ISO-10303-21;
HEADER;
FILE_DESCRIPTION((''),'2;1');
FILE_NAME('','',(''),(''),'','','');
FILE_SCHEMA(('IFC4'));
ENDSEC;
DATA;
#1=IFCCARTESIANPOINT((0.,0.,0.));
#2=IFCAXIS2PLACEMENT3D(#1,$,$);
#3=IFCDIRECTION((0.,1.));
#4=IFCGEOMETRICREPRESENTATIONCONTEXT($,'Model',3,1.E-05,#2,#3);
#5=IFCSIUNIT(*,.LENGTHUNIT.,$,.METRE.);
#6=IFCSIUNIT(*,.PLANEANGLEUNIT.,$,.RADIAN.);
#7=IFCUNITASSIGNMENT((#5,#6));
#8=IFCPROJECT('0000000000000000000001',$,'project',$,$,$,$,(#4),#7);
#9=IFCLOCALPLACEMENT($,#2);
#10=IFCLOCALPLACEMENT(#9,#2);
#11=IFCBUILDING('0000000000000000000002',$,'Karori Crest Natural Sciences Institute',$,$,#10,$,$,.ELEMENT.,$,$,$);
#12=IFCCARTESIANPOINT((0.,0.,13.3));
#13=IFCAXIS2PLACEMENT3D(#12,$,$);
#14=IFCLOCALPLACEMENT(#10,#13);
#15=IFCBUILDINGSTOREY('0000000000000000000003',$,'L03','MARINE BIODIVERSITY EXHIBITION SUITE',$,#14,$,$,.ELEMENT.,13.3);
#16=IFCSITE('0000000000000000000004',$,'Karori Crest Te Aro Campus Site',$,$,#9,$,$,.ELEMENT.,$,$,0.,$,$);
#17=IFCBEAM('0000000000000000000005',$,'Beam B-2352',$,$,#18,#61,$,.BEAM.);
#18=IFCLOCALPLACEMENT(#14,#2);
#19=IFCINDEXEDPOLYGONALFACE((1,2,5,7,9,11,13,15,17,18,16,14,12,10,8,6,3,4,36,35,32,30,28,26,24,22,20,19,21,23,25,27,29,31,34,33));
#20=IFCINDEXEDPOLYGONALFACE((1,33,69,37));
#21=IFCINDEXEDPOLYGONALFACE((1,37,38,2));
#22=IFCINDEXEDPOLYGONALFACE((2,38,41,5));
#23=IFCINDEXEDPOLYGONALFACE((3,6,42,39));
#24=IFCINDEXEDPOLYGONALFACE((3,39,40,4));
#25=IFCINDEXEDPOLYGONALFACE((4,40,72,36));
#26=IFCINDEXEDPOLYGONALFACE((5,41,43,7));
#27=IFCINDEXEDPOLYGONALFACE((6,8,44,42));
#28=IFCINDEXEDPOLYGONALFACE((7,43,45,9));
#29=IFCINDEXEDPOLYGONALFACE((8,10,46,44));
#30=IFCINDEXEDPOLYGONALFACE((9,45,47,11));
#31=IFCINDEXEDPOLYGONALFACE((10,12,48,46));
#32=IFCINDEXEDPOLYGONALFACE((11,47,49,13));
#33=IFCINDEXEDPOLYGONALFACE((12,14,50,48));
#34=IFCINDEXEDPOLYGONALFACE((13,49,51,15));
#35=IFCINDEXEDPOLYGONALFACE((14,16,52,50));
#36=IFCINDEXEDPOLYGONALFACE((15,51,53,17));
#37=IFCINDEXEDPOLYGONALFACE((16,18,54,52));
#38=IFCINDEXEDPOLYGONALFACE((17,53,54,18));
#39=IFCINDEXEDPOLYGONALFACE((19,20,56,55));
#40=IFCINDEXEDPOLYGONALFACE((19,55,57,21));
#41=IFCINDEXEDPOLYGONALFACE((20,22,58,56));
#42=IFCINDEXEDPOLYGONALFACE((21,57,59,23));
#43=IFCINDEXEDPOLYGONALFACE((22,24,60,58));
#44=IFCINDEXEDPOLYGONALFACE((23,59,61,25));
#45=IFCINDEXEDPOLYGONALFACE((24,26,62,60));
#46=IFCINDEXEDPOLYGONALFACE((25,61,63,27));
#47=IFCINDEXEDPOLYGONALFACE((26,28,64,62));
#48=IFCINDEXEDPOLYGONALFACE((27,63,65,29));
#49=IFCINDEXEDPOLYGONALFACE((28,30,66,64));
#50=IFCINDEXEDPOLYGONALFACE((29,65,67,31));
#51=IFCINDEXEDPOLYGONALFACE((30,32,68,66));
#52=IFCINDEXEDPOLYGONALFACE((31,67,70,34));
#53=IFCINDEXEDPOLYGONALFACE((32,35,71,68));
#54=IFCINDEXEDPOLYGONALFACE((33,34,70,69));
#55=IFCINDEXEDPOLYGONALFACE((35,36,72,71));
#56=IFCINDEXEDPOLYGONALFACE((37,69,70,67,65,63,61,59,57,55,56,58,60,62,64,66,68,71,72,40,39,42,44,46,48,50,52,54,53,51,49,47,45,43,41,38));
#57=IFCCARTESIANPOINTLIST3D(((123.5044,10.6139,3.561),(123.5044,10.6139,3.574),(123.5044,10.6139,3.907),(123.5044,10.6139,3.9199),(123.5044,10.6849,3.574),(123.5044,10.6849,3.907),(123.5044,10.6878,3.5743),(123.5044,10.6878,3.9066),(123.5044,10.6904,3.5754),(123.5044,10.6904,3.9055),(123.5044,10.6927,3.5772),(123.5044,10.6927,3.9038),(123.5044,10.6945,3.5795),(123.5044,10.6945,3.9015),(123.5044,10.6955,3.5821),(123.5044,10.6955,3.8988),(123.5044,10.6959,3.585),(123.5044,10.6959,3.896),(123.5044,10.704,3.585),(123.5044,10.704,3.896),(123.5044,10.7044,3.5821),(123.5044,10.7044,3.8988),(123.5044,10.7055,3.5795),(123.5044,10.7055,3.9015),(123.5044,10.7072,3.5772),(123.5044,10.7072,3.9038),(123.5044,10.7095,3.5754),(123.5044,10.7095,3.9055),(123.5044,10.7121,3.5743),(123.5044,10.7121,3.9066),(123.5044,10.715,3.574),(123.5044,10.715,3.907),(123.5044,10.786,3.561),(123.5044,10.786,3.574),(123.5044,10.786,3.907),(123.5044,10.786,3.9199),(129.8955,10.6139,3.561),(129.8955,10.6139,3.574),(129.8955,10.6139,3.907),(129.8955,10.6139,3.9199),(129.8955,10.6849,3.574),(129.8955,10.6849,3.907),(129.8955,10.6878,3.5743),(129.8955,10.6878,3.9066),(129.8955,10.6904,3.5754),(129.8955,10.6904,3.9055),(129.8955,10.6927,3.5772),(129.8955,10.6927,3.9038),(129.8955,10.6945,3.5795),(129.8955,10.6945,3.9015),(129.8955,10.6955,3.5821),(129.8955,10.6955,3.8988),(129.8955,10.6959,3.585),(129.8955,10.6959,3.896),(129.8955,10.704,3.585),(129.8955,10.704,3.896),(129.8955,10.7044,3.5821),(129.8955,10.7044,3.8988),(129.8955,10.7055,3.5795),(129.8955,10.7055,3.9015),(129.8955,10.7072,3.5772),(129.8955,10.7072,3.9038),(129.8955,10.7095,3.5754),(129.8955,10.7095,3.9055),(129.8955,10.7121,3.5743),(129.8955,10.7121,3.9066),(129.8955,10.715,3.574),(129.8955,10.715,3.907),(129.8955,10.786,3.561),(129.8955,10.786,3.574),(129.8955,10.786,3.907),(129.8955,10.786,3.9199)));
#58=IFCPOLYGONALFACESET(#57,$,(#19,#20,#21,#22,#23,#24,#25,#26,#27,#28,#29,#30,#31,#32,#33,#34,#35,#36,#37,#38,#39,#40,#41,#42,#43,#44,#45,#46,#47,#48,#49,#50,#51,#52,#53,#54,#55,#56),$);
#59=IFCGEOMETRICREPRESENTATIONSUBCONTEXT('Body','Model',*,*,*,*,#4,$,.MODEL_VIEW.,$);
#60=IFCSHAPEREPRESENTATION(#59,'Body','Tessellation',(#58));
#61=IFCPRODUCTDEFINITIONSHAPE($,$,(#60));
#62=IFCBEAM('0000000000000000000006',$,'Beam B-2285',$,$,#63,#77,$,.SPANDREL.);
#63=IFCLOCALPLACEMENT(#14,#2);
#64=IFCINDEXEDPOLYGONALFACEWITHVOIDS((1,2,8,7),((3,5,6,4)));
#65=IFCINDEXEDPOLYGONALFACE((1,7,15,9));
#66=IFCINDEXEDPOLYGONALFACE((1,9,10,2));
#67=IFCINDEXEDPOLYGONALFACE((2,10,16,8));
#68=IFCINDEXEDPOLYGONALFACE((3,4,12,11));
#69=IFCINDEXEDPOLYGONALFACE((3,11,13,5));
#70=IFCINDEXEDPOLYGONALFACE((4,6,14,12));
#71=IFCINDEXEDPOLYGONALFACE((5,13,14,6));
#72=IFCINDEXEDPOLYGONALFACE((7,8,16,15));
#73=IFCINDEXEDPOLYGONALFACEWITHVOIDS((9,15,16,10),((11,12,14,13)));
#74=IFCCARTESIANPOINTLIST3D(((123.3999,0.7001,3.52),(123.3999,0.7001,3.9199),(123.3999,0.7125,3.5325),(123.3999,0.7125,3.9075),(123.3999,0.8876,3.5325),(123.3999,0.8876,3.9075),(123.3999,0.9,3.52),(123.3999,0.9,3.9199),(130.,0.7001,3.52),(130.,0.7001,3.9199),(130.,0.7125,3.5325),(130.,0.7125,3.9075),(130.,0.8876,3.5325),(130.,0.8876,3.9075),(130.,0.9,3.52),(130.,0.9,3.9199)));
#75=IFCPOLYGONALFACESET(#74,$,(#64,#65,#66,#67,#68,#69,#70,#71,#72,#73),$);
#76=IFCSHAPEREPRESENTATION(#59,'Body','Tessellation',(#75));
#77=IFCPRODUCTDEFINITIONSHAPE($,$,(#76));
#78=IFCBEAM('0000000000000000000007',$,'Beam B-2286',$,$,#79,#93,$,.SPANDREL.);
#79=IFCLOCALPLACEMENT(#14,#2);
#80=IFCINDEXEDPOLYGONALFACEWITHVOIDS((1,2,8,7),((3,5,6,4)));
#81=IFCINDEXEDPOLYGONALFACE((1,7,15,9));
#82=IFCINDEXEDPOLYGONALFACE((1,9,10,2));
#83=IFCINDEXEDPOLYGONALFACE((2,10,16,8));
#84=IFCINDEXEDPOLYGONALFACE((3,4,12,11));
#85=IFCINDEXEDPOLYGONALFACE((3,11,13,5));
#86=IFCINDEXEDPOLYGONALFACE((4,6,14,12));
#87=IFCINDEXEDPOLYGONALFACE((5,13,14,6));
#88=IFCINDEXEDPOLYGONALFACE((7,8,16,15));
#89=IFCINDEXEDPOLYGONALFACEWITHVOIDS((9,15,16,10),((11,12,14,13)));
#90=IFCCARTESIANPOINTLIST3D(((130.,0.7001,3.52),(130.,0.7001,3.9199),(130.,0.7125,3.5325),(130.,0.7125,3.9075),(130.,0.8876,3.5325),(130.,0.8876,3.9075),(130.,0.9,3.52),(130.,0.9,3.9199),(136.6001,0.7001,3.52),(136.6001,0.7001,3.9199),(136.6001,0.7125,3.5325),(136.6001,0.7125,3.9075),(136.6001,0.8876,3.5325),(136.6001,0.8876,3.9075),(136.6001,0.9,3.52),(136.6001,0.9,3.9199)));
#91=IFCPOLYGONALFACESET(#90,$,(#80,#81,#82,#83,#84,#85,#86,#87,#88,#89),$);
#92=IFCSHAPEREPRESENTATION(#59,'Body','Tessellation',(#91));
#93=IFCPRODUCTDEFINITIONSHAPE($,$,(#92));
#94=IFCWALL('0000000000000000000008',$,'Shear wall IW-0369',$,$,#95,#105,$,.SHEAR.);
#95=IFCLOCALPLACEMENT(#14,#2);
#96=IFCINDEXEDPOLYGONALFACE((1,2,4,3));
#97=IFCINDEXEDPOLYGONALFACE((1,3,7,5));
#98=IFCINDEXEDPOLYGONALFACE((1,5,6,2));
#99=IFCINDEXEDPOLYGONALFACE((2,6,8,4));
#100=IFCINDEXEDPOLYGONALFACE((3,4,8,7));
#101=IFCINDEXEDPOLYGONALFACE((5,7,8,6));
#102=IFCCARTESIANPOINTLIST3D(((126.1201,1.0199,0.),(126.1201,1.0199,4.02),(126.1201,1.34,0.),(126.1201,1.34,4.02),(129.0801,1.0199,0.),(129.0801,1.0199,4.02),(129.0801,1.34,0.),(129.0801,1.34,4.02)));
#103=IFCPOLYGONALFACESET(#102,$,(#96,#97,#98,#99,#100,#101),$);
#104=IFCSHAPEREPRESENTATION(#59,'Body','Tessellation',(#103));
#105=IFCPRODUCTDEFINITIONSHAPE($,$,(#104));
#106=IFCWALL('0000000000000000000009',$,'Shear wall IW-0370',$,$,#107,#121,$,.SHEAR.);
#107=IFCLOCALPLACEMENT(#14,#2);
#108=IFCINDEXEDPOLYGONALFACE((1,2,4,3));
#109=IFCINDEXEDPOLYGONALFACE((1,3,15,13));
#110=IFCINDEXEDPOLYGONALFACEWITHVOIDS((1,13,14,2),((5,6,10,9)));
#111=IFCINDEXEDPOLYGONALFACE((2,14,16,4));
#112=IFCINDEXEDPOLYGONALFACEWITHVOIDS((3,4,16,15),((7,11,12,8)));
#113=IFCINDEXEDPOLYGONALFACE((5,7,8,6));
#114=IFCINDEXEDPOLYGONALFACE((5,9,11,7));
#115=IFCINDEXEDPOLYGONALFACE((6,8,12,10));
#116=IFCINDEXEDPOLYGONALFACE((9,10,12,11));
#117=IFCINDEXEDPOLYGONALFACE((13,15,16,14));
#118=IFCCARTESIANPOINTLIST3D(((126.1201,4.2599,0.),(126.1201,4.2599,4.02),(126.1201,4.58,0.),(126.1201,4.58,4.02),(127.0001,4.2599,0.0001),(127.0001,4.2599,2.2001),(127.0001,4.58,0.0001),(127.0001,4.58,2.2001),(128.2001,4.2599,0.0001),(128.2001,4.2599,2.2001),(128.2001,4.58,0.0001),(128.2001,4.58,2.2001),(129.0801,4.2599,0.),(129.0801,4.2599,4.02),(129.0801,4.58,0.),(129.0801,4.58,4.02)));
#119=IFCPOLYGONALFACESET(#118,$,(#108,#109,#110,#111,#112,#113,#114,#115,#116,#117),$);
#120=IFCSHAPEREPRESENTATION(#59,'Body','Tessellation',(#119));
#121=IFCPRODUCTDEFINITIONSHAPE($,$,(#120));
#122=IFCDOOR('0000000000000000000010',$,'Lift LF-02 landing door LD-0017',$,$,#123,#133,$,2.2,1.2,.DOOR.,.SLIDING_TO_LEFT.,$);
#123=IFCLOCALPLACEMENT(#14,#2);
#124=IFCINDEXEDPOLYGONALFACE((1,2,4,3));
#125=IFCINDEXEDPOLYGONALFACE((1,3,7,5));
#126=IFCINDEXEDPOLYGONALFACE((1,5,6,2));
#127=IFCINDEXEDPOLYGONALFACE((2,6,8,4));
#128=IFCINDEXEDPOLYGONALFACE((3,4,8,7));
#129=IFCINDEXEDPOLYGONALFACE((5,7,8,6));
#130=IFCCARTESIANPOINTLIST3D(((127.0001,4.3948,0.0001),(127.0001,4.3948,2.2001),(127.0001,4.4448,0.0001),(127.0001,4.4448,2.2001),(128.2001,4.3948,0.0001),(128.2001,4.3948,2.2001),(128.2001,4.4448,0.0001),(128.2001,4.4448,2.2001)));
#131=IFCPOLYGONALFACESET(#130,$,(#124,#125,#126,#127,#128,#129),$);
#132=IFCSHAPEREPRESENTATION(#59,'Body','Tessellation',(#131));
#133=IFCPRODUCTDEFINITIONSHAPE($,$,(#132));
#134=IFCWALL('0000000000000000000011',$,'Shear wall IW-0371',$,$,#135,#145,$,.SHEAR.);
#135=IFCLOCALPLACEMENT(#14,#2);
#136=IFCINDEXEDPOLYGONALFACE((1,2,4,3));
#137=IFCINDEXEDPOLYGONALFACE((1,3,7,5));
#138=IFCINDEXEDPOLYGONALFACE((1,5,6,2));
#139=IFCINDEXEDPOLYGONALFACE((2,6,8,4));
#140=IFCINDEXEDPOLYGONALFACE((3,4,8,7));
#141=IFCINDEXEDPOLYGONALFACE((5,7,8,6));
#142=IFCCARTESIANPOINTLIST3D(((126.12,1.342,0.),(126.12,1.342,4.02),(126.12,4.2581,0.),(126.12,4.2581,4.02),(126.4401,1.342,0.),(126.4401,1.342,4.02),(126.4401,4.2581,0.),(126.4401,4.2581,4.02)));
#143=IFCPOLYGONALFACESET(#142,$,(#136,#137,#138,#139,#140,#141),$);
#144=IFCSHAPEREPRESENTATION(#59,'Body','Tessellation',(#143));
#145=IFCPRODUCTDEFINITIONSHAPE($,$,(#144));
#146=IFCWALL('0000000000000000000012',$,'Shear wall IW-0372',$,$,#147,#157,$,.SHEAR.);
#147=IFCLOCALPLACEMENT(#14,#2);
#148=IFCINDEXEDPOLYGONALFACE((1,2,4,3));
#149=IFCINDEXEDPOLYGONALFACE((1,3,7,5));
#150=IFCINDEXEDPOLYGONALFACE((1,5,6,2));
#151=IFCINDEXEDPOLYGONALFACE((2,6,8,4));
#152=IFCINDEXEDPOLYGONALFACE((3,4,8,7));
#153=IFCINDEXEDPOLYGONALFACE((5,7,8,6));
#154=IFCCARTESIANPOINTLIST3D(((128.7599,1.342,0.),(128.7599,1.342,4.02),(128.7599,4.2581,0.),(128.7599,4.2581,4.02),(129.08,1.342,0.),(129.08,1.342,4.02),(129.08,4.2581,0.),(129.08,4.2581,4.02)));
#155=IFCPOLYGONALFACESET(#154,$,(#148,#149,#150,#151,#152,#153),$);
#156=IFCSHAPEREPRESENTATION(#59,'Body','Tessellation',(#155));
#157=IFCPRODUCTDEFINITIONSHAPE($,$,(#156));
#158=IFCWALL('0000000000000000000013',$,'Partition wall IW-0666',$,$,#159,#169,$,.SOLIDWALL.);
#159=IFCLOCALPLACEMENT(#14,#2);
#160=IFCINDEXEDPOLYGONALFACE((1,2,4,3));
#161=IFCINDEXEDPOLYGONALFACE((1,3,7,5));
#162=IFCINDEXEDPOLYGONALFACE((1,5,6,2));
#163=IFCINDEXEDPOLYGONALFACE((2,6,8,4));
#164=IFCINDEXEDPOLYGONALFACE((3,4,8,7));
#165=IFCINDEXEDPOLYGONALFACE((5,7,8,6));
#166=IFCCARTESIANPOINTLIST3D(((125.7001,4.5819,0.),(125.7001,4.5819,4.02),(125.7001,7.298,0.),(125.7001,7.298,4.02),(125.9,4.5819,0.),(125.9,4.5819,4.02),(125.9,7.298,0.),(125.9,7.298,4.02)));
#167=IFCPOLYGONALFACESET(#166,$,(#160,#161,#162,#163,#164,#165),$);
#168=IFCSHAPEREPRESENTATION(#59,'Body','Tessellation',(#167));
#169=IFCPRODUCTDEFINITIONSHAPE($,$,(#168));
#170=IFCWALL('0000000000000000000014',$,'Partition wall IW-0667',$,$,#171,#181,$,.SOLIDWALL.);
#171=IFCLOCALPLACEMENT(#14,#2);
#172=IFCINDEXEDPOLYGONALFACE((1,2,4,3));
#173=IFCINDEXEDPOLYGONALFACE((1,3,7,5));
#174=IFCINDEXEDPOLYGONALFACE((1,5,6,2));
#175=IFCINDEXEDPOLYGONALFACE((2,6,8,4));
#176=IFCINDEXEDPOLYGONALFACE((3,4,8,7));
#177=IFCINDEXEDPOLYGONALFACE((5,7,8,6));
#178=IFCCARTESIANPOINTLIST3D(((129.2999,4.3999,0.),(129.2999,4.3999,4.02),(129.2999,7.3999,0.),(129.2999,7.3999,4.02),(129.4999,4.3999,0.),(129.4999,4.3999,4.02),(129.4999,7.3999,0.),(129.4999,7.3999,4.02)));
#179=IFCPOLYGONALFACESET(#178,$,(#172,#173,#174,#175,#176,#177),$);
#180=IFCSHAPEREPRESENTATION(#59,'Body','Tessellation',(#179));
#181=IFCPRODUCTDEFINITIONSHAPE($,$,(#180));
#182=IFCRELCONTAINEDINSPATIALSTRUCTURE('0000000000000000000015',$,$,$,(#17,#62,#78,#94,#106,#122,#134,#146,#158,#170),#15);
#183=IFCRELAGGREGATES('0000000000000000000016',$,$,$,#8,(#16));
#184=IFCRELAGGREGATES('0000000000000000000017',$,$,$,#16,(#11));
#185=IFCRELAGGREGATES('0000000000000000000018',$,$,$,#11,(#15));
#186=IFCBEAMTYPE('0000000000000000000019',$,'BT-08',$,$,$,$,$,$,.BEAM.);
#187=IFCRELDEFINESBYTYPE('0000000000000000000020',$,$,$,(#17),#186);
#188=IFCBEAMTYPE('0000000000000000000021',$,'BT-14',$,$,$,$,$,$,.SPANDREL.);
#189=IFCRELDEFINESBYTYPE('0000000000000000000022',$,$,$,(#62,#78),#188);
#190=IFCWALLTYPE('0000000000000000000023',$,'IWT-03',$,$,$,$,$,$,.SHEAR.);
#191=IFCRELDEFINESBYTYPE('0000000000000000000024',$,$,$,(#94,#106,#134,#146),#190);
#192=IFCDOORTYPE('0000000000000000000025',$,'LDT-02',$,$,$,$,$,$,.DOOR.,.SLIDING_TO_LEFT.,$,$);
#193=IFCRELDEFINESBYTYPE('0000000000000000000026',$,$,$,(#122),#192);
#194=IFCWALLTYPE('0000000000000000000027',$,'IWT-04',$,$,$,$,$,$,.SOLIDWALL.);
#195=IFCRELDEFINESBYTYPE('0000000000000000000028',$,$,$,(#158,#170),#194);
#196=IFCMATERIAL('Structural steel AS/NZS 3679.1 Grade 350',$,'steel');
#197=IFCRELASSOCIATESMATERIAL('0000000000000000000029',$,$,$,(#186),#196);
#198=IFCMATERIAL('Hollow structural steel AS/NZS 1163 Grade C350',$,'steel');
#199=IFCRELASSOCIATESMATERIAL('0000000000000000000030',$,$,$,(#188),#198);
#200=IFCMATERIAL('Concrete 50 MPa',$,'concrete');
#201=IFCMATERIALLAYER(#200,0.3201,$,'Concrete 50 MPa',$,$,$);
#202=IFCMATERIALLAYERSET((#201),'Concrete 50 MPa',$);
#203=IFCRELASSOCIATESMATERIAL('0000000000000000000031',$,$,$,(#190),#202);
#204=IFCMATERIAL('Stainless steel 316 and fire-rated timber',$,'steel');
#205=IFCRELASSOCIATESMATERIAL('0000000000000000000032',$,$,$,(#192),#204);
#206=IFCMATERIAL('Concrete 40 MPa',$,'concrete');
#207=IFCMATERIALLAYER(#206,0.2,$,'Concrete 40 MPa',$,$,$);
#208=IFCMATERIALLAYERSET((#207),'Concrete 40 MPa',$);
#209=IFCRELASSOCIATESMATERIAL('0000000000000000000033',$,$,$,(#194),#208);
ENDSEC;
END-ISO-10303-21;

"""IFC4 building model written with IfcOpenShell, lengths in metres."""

from ifc_helpers import new_model, si_unit, direction, frame, frame_2d, origin, origin_2d, place, context, subcontext, project, spatial, rectangle, hollow_rectangle, i_section, extrude, material, layer, layer_set, material_profile, profile_set, type_object, element, fill, save


model = new_model("IFC4")

# Units and contexts
model_context = context("Model", 3, precision=1e-05, world=origin(), true_north=direction((0.0, 1.0)))
body_context = subcontext(model_context, "Body", "Model", "MODEL_VIEW")
ifc_project = project(units=[si_unit("LENGTHUNIT", "METRE"), si_unit("PLANEANGLEUNIT", "RADIAN")], contexts=[model_context])

# Site, building, storey
site_placement = place(None, origin())
site = spatial("IfcSite", under=ifc_project, at=site_placement, Name="Karori Crest Te Aro Campus Site", CompositionType="ELEMENT", RefElevation=0.0)
building_placement = place(site_placement, origin())
building = spatial("IfcBuilding", under=site, at=building_placement, Name="Karori Crest Natural Sciences Institute", CompositionType="ELEMENT")
storey_placement = place(building_placement, frame((0.0, 0.0, 13.3)))
storey = spatial("IfcBuildingStorey", under=building, at=storey_placement, Name="L03", Description="MARINE BIODIVERSITY EXHIBITION SUITE", CompositionType="ELEMENT", Elevation=13.3)

# Shared definitions
ifc_material_1 = material(Name="Structural steel AS/NZS 3679.1 Grade 350", Category="steel")

# Beams
ifc_material_profile_1 = material_profile(ifc_material_1, i_section(OverallWidth=0.1721, OverallDepth=0.3589, WebThickness=0.0081, FlangeThickness=0.0129, FilletRadius=0.011, at=origin_2d()), Name="360UB56.7")
ifc_profile_set_1 = profile_set([ifc_material_profile_1], Name="Structural steel AS/NZS 3679.1 Grade 350")
beam_type_1 = type_object("IfcBeamType", Name="BT-08", PredefinedType="BEAM", material=ifc_profile_set_1)
beam_1_placement = place(storey_placement, frame((123.5044, 10.7, 3.7405), z_axis=(1.0, 0.0, 0.0), x_axis=(0.0, 1.0, 0.0)))
element("IfcBeam", 1, at=beam_1_placement, inside=storey, type_object=beam_type_1, Name="Beam B-2352", PredefinedType="BEAM", context=body_context, shape_type="SweptSolid", body=[
    extrude(i_section(OverallWidth=0.1721, OverallDepth=0.3589, WebThickness=0.0081, FlangeThickness=0.0129, FilletRadius=0.011, at=origin_2d()), origin(), (0.0, 0.0, 1.0), 6.3911),
])
ifc_material_2 = material(Name="Hollow structural steel AS/NZS 1163 Grade C350", Category="steel")
ifc_material_profile_2 = material_profile(ifc_material_2, hollow_rectangle(XDim=0.2, YDim=0.3999, WallThickness=0.0125, at=origin_2d()), Name="RHS400x200x12.5")
ifc_profile_set_2 = profile_set([ifc_material_profile_2], Name="Hollow structural steel AS/NZS 1163 Grade C350")
beam_type_2 = type_object("IfcBeamType", Name="BT-14", PredefinedType="SPANDREL", material=ifc_profile_set_2)
for number, where, z_axis, x_axis, name in (
    (2, (123.3999, 0.8, 3.72), (1.0, 0.0, 0.0), (0.0, 1.0, 0.0), "Beam B-2285"),
    (3, (130.0, 0.8, 3.72), (1.0, 0.0, 0.0), (0.0, 1.0, 0.0), "Beam B-2286"),
):
    element("IfcBeam", number, at=place(storey_placement, frame(where, z_axis=z_axis, x_axis=x_axis)), inside=storey, type_object=beam_type_2, Name=name, PredefinedType="SPANDREL", context=body_context, shape_type="SweptSolid", body=[
        extrude(hollow_rectangle(XDim=0.2, YDim=0.3999, WallThickness=0.0125, at=origin_2d()), origin(), (0.0, 0.0, 1.0), 6.6001),
    ])

# Wall
ifc_material_3 = material(Name="Concrete 50 MPa", Category="concrete")
ifc_layer_1 = layer(ifc_material_3, 0.3201, Name="Concrete 50 MPa")
ifc_layer_set_1 = layer_set([ifc_layer_1], Name="Concrete 50 MPa")
wall_type_1 = type_object("IfcWallType", Name="IWT-03", PredefinedType="SHEAR", material=ifc_layer_set_1)
wall_1_placement = place(storey_placement, frame((126.1201, 1.1799, 0.0), z_axis=(0.0, 0.0, 1.0), x_axis=(1.0, 0.0, 0.0)))
element("IfcWall", 4, at=wall_1_placement, inside=storey, type_object=wall_type_1, Name="Shear wall IW-0369", PredefinedType="SHEAR", context=body_context, shape_type="SweptSolid", body=[
    extrude(rectangle(XDim=2.96, YDim=0.3201, at=frame_2d((1.48, 0.0))), origin(), (0.0, 0.0, 1.0), 4.02),
])

# Wall, opening, door
wall_2_placement = place(storey_placement, frame((126.1201, 4.4199, 0.0), z_axis=(0.0, 0.0, 1.0), x_axis=(1.0, 0.0, 0.0)))
wall_2 = element("IfcWall", 5, at=wall_2_placement, inside=storey, type_object=wall_type_1, Name="Shear wall IW-0370", PredefinedType="SHEAR", context=body_context, shape_type="SweptSolid", body=[
    extrude(rectangle(XDim=2.96, YDim=0.3201, at=frame_2d((1.48, 0.0))), origin(), (0.0, 0.0, 1.0), 4.02),
])
opening_1_placement = place(wall_2_placement, frame((0.8799, 0.0, 0.0)))
opening_1 = element("IfcOpeningElement", 6, at=opening_1_placement, cuts=wall_2, PredefinedType="OPENING", context=body_context, shape_type="SweptSolid", body=[
    extrude(rectangle(XDim=1.2, YDim=2.2, at=frame_2d((0.6001, 1.1001))), frame((0.0, 0.1699, 0.0), z_axis=(0.0, -1.0, 0.0), x_axis=(1.0, 0.0, 0.0)), (0.0, 0.0, 1.0), 0.3401),
])
ifc_material_4 = material(Name="Stainless steel 316 and fire-rated timber", Category="steel")
door_type_1 = type_object("IfcDoorType", Name="LDT-02", OperationType="SLIDING_TO_LEFT", PredefinedType="DOOR", material=ifc_material_4)
door_1_placement = place(opening_1_placement, origin())
door_1 = element("IfcDoor", 7, at=door_1_placement, inside=storey, type_object=door_type_1, Name="Lift LF-02 landing door LD-0017", OperationType="SLIDING_TO_LEFT", OverallHeight=2.2, OverallWidth=1.2, PredefinedType="DOOR", context=body_context, shape_type="SweptSolid", body=[
    extrude(rectangle(XDim=1.2, YDim=2.2, at=frame_2d((0.6001, 1.1001))), frame((0.0, 0.0249, 0.0), z_axis=(0.0, -1.0, 0.0), x_axis=(1.0, 0.0, 0.0)), (0.0, 0.0, 1.0), 0.05),
])
fill(opening_1, door_1)

# Walls
for number, where, z_axis, x_axis, name in (
    (8, (126.28, 1.342, 0.0), (0.0, 0.0, 1.0), (0.0, 1.0, 0.0), "Shear wall IW-0371"),
    (9, (128.9199, 1.342, 0.0), (0.0, 0.0, 1.0), (0.0, 1.0, 0.0), "Shear wall IW-0372"),
):
    element("IfcWall", number, at=place(storey_placement, frame(where, z_axis=z_axis, x_axis=x_axis)), inside=storey, type_object=wall_type_1, Name=name, PredefinedType="SHEAR", context=body_context, shape_type="SweptSolid", body=[
        extrude(rectangle(XDim=2.916, YDim=0.3201, at=frame_2d((1.458, 0.0))), origin(), (0.0, 0.0, 1.0), 4.02),
    ])

# Shared definitions
ifc_material_5 = material(Name="Concrete 40 MPa", Category="concrete")
ifc_layer_2 = layer(ifc_material_5, 0.2, Name="Concrete 40 MPa")
ifc_layer_set_2 = layer_set([ifc_layer_2], Name="Concrete 40 MPa")
wall_type_2 = type_object("IfcWallType", Name="IWT-04", PredefinedType="SOLIDWALL", material=ifc_layer_set_2)

# Walls
wall_3_placement = place(storey_placement, frame((125.8, 4.582, 0.0), z_axis=(0.0, 0.0, 1.0), x_axis=(0.0, 1.0, 0.0)))
element("IfcWall", 10, at=wall_3_placement, inside=storey, type_object=wall_type_2, Name="Partition wall IW-0666", PredefinedType="SOLIDWALL", context=body_context, shape_type="SweptSolid", body=[
    extrude(rectangle(XDim=2.7161, YDim=0.2, at=frame_2d((1.3579, 0.0))), origin(), (0.0, 0.0, 1.0), 4.02),
])
wall_4_placement = place(storey_placement, frame((129.3999, 4.3999, 0.0), z_axis=(0.0, 0.0, 1.0), x_axis=(0.0, 1.0, 0.0)))
element("IfcWall", 11, at=wall_4_placement, inside=storey, type_object=wall_type_2, Name="Partition wall IW-0667", PredefinedType="SOLIDWALL", context=body_context, shape_type="SweptSolid", body=[
    extrude(rectangle(XDim=3.0, YDim=0.2, at=frame_2d((1.5, 0.0))), origin(), (0.0, 0.0, 1.0), 4.02),
])

save(model, "model.ifc")
